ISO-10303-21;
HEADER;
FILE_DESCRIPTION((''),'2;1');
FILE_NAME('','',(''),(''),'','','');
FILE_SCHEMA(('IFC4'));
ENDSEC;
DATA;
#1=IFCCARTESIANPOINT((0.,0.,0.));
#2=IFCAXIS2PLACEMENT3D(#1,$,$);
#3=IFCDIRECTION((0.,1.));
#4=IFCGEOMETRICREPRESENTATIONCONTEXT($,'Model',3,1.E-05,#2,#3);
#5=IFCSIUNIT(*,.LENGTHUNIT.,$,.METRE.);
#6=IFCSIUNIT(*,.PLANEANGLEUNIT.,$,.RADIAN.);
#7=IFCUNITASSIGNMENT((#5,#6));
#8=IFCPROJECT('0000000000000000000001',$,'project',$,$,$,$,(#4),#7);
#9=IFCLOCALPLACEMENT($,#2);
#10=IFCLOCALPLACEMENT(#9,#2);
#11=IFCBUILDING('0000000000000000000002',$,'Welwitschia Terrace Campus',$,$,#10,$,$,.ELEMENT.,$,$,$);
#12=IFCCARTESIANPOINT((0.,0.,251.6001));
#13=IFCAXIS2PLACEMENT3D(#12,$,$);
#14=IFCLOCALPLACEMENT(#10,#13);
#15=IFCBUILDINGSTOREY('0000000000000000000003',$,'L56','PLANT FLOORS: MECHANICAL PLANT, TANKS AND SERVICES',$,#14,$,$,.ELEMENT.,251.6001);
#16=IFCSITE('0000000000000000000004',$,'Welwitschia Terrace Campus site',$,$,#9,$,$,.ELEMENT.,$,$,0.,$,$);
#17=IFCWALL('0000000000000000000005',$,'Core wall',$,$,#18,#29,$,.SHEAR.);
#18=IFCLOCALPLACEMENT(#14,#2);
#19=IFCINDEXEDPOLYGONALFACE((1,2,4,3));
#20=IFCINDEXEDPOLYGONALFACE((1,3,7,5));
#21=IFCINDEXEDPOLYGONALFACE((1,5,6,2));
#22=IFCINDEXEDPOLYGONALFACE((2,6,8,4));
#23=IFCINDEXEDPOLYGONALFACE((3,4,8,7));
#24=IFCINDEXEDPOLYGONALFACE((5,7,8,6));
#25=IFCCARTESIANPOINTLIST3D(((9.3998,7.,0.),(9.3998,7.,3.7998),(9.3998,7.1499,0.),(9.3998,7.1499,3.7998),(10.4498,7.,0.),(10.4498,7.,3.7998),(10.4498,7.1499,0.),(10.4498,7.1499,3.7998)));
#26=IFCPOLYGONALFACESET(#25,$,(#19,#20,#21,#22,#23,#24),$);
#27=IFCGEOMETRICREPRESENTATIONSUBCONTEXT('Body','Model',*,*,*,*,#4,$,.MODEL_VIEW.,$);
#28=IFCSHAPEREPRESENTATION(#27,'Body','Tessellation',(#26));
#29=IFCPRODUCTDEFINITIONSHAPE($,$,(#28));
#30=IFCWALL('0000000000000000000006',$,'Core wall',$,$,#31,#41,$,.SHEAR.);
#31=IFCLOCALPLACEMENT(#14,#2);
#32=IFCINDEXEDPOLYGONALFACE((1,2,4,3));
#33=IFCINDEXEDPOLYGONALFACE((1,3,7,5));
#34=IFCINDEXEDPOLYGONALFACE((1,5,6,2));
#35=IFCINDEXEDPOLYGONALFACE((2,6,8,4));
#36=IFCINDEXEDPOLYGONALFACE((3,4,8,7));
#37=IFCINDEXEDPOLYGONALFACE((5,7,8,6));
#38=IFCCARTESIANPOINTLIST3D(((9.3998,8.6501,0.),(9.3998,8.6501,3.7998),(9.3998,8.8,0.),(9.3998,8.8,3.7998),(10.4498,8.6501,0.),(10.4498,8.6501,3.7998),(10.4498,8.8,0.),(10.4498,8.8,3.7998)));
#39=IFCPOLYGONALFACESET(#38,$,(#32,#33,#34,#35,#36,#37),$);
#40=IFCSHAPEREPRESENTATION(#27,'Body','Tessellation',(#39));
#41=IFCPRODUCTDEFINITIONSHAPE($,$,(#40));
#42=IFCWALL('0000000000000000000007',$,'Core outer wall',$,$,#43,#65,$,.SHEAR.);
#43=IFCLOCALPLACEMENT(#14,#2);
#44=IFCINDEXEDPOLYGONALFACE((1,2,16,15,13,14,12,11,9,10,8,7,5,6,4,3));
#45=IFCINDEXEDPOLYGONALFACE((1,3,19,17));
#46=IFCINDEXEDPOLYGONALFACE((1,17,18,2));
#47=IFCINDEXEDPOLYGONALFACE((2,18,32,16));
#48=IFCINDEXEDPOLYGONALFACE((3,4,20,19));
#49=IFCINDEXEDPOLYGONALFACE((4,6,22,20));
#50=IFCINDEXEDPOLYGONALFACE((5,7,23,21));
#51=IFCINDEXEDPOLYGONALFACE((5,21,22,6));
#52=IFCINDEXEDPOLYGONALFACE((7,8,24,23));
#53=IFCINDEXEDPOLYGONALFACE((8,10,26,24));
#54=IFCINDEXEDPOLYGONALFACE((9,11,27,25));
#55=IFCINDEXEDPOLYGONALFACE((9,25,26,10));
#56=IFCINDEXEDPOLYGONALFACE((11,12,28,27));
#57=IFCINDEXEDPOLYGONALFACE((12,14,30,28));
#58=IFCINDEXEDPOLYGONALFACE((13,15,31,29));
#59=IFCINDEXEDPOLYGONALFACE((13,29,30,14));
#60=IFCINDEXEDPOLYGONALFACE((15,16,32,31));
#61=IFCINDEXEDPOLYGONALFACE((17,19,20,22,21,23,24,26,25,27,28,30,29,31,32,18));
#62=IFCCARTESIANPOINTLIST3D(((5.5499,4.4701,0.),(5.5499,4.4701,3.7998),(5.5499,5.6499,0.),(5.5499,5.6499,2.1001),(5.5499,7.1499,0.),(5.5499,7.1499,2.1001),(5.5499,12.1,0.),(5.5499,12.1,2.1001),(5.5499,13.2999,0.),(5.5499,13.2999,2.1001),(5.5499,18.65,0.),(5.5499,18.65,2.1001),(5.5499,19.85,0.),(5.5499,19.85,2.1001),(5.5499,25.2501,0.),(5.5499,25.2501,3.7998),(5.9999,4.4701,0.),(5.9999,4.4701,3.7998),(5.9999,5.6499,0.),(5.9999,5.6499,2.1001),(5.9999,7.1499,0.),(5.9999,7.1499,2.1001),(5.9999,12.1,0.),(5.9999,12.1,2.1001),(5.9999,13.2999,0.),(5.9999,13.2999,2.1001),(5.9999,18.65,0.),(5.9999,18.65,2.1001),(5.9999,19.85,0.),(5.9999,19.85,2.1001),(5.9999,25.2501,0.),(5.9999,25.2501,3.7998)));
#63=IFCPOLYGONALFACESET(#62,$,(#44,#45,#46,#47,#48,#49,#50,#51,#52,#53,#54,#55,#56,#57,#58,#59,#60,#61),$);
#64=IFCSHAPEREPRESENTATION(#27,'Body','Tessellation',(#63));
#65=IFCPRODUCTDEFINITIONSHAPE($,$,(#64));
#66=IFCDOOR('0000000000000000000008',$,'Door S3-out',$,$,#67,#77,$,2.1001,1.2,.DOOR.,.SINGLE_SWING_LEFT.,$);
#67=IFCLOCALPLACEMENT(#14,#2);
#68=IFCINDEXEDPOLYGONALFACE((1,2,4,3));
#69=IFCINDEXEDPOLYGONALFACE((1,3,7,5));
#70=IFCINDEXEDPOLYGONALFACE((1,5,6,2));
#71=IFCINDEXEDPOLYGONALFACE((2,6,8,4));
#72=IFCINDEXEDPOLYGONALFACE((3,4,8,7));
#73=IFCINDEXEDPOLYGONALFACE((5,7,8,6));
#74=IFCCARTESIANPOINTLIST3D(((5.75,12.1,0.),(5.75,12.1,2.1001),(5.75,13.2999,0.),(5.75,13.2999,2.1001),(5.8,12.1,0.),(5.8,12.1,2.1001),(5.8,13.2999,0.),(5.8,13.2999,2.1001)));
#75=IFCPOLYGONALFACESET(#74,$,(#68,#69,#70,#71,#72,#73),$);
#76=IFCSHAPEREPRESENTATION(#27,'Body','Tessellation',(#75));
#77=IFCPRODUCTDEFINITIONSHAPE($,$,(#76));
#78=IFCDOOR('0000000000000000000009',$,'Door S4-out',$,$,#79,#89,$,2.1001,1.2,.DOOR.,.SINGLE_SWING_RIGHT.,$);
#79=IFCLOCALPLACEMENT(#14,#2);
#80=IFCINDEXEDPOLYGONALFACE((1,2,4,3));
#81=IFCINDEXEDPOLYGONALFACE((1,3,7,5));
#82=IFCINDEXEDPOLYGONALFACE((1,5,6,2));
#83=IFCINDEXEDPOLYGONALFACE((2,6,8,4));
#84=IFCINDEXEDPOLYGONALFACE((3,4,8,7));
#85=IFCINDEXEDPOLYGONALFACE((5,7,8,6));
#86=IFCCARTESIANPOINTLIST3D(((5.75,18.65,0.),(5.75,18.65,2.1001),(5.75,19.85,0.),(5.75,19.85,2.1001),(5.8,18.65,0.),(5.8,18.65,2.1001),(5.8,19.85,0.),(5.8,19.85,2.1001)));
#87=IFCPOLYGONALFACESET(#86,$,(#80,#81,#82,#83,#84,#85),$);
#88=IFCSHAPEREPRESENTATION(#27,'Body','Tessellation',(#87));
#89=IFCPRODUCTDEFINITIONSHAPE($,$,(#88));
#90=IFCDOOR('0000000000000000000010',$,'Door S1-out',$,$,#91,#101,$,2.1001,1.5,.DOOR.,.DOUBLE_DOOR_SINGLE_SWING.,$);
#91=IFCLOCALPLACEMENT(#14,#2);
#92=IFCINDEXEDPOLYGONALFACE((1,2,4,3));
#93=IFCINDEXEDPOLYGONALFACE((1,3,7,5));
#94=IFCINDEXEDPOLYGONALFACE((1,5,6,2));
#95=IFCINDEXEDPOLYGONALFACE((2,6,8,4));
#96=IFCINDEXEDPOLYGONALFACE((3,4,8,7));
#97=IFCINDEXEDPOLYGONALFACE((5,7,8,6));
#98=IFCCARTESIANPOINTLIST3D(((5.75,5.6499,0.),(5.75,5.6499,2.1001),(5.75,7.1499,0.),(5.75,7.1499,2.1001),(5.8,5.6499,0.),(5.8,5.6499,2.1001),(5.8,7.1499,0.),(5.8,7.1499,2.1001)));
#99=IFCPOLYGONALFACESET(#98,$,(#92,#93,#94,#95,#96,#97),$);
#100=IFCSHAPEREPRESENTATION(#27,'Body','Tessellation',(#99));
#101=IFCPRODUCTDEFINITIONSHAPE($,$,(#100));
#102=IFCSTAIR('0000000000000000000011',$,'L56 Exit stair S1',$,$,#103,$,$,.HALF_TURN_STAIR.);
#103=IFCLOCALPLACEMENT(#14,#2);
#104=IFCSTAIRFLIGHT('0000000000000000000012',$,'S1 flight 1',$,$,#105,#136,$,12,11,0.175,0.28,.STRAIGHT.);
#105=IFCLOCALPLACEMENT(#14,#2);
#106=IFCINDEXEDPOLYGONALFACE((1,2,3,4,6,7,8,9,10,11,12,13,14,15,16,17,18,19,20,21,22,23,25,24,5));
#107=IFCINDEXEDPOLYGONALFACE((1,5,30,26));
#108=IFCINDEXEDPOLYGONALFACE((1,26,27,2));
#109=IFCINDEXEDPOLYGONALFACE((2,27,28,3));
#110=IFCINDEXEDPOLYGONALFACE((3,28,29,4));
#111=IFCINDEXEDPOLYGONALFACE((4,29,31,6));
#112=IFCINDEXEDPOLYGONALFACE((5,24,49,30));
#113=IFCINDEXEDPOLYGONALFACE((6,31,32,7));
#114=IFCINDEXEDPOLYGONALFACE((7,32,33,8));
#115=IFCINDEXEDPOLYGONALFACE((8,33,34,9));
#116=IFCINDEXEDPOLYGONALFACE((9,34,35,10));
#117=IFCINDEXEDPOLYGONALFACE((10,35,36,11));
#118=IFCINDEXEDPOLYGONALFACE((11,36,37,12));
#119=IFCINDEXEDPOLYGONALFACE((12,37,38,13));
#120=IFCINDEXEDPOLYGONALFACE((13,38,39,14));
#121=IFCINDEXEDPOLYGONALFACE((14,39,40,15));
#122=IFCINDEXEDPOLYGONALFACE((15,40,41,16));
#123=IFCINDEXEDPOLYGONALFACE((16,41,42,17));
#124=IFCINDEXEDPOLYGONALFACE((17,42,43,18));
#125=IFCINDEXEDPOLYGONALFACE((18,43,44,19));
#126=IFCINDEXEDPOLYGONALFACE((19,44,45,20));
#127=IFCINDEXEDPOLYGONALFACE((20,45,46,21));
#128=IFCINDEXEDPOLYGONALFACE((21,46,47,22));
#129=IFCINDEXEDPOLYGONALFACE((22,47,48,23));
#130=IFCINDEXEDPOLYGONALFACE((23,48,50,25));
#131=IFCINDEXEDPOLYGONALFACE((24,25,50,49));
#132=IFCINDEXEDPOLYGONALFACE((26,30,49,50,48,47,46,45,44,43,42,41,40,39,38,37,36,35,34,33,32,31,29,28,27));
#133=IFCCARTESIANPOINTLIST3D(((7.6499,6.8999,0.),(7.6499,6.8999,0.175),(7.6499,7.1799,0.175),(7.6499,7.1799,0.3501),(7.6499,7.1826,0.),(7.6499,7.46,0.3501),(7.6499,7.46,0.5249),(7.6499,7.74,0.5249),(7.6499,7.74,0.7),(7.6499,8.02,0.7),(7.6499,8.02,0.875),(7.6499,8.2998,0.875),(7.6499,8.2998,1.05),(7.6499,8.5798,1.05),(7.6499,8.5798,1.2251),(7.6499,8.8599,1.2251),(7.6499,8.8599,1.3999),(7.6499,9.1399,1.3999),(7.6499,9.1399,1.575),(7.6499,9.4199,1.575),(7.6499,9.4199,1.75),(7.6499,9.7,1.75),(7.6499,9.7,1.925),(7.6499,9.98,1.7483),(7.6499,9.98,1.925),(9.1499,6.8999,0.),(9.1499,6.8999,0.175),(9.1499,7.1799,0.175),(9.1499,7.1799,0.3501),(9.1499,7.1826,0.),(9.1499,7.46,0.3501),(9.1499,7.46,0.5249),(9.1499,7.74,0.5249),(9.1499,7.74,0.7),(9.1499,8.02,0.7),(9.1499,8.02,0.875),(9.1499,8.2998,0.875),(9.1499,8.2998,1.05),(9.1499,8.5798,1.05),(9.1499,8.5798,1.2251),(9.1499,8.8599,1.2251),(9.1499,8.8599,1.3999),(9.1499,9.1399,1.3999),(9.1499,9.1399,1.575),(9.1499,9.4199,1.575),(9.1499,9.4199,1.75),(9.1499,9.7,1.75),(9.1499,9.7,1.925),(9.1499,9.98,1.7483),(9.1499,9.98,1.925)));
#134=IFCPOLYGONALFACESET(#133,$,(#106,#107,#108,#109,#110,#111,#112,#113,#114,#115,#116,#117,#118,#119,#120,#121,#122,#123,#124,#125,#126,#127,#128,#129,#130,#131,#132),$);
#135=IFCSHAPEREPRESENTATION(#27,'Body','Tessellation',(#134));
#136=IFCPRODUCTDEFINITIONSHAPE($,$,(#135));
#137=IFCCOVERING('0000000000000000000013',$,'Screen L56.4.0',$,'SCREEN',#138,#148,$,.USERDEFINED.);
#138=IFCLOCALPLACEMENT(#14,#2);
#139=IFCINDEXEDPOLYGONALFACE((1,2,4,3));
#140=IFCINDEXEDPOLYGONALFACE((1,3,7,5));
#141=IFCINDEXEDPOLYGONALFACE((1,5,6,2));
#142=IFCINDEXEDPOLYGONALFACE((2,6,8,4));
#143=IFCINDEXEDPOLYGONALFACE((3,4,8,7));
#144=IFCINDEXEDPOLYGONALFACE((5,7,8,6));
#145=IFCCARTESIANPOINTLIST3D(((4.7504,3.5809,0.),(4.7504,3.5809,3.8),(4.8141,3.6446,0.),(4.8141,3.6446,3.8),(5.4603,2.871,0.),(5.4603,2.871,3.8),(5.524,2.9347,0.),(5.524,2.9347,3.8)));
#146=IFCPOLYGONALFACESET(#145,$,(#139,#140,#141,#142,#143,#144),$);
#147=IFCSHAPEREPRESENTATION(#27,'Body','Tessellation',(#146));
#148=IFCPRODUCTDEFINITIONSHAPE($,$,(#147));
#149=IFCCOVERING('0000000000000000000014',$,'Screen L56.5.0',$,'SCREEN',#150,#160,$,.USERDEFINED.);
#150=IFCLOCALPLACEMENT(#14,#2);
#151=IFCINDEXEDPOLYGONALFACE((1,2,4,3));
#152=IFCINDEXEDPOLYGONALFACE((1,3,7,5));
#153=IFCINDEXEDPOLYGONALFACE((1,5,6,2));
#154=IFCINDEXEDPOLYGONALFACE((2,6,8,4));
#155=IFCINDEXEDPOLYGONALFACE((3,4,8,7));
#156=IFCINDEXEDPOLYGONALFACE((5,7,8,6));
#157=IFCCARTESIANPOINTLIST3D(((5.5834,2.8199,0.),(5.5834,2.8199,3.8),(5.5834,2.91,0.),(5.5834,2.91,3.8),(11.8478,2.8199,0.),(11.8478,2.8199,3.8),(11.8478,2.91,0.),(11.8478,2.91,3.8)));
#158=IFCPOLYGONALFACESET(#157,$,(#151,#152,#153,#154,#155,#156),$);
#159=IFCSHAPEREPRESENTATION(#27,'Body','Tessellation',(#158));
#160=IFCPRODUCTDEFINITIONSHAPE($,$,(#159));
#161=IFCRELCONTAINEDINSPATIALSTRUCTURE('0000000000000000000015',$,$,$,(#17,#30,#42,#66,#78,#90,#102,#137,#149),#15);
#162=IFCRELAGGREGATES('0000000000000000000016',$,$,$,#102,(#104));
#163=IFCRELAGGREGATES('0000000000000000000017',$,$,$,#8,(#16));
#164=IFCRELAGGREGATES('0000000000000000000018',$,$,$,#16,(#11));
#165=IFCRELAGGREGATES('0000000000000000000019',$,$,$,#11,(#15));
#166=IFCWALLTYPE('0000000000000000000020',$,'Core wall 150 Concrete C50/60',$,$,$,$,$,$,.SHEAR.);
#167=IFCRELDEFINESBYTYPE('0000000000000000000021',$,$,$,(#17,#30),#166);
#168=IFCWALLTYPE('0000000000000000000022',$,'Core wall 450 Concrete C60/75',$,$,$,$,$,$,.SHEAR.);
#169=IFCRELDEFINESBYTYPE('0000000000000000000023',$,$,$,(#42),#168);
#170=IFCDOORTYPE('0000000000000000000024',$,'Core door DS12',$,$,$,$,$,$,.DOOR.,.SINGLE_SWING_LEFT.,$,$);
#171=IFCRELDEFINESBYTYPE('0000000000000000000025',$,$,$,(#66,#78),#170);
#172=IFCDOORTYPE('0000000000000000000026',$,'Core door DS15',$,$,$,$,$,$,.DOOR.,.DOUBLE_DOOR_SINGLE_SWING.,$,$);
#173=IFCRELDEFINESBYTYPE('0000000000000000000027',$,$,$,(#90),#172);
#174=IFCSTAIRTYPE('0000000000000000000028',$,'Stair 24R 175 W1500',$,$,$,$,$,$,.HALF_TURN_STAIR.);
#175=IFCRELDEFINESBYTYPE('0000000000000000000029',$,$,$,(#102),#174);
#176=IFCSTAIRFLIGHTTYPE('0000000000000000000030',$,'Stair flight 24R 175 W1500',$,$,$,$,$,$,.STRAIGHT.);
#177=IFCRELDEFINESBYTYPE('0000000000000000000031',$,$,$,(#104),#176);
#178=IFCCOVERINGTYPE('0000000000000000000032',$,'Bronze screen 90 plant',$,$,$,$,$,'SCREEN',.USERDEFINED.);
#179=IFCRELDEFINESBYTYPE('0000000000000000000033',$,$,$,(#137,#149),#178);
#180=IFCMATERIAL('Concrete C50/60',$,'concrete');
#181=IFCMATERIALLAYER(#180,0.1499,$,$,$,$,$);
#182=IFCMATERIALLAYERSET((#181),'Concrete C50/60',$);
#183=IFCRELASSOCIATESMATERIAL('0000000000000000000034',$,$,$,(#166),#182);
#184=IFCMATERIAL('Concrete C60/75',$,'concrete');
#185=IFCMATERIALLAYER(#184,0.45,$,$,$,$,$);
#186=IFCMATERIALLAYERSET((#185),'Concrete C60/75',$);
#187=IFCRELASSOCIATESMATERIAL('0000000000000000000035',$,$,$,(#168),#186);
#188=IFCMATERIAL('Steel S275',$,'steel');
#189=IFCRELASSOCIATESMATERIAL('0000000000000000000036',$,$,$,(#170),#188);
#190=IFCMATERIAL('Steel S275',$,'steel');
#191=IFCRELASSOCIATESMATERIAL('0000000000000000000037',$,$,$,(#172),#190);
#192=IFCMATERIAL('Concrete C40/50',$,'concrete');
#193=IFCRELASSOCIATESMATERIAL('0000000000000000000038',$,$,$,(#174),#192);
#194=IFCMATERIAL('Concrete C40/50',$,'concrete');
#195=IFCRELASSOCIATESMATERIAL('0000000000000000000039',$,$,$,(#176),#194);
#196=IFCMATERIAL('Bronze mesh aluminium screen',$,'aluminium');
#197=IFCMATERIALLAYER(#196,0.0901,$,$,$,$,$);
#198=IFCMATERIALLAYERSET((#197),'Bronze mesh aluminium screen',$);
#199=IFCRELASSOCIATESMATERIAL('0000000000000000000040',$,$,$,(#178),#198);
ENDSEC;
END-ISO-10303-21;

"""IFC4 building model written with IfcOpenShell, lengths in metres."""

from ifc_helpers import new_model, si_unit, direction, frame, frame_2d, origin, origin_2d, place, context, subcontext, project, spatial, polyline, rectangle, outline, extrude, material, layer, layer_set, type_object, element, fill, aggregate, save


model = new_model("IFC4")

# Units and contexts
model_context = context("Model", 3, precision=1e-05, world=origin(), true_north=direction((0.0, 1.0)))
body_context = subcontext(model_context, "Body", "Model", "MODEL_VIEW")
ifc_project = project(units=[si_unit("LENGTHUNIT", "METRE"), si_unit("PLANEANGLEUNIT", "RADIAN")], contexts=[model_context])

# Site, building, storey
site_placement = place(None, origin())
site = spatial("IfcSite", under=ifc_project, at=site_placement, Name="Welwitschia Terrace Campus site", CompositionType="ELEMENT", RefElevation=0.0)
building_placement = place(site_placement, origin())
building = spatial("IfcBuilding", under=site, at=building_placement, Name="Welwitschia Terrace Campus", CompositionType="ELEMENT")
storey_placement = place(building_placement, frame((0.0, 0.0, 251.6001)))
storey = spatial("IfcBuildingStorey", under=building, at=storey_placement, Name="L56", Description="PLANT FLOORS: MECHANICAL PLANT, TANKS AND SERVICES", CompositionType="ELEMENT", Elevation=251.6001)

# Walls
ifc_material_1 = material(Name="Concrete C50/60", Category="concrete")
ifc_layer_1 = layer(ifc_material_1, 0.1499)
ifc_layer_set_1 = layer_set([ifc_layer_1], Name="Concrete C50/60")
wall_type_1 = type_object("IfcWallType", Name="Core wall 150 Concrete C50/60", PredefinedType="SHEAR", material=ifc_layer_set_1)
for number, where, z_axis, x_axis, name in (
    (1, (9.3999, 7.075, 0.0), (0.0, 0.0, 1.0), (1.0, 0.0, 0.0), "Core wall"),
    (2, (9.3999, 8.7251, 0.0), (0.0, 0.0, 1.0), (1.0, 0.0, 0.0), "Core wall"),
):
    element("IfcWall", number, at=place(storey_placement, frame(where, z_axis=z_axis, x_axis=x_axis)), inside=storey, type_object=wall_type_1, Name=name, PredefinedType="SHEAR", context=body_context, shape_type="SweptSolid", body=[
        extrude(rectangle(XDim=1.05, YDim=0.1499, at=frame_2d((0.5249, 0.0))), origin(), (0.0, 0.0, 1.0), 3.7998),
    ])

# Wall, openings, doors
ifc_material_2 = material(Name="Concrete C60/75", Category="concrete")
ifc_layer_2 = layer(ifc_material_2, 0.45)
ifc_layer_set_2 = layer_set([ifc_layer_2], Name="Concrete C60/75")
wall_type_2 = type_object("IfcWallType", Name="Core wall 450 Concrete C60/75", PredefinedType="SHEAR", material=ifc_layer_set_2)
wall_placement = place(storey_placement, frame((5.7749, 4.47, 0.0), z_axis=(0.0, 0.0, 1.0), x_axis=(0.0, 1.0, 0.0)))
wall = element("IfcWall", 3, at=wall_placement, inside=storey, type_object=wall_type_2, Name="Core outer wall", PredefinedType="SHEAR", context=body_context, shape_type="SweptSolid", body=[
    extrude(rectangle(XDim=20.78, YDim=0.45, at=frame_2d((10.3901, 0.0))), origin(), (0.0, 0.0, 1.0), 3.7998),
])
opening_1_placement = place(wall_placement, frame((1.1799, 0.0, 0.0)))
opening_1 = element("IfcOpeningElement", 4, at=opening_1_placement, cuts=wall, PredefinedType="OPENING", context=body_context, shape_type="SweptSolid", body=[
    extrude(rectangle(XDim=1.5, YDim=2.1001, at=frame_2d((0.75, 1.05))), frame((0.0, 0.2349, 0.0), z_axis=(0.0, -1.0, 0.0), x_axis=(1.0, 0.0, 0.0)), (0.0, 0.0, 1.0), 0.47),
])
opening_2_placement = place(wall_placement, frame((7.6299, 0.0, 0.0)))
opening_2 = element("IfcOpeningElement", 5, at=opening_2_placement, cuts=wall, PredefinedType="OPENING", context=body_context, shape_type="SweptSolid", body=[
    extrude(rectangle(XDim=1.2, YDim=2.1001, at=frame_2d((0.6001, 1.05))), frame((0.0, 0.2349, 0.0), z_axis=(0.0, -1.0, 0.0), x_axis=(1.0, 0.0, 0.0)), (0.0, 0.0, 1.0), 0.47),
])
opening_3_placement = place(wall_placement, frame((14.1799, 0.0, 0.0)))
opening_3 = element("IfcOpeningElement", 6, at=opening_3_placement, cuts=wall, PredefinedType="OPENING", context=body_context, shape_type="SweptSolid", body=[
    extrude(rectangle(XDim=1.2, YDim=2.1001, at=frame_2d((0.6001, 1.05))), frame((0.0, 0.2349, 0.0), z_axis=(0.0, -1.0, 0.0), x_axis=(1.0, 0.0, 0.0)), (0.0, 0.0, 1.0), 0.47),
])
ifc_material_3 = material(Name="Steel S275", Category="steel")
door_type_1 = type_object("IfcDoorType", Name="Core door DS12", OperationType="SINGLE_SWING_LEFT", PredefinedType="DOOR", material=ifc_material_3)
door_1_placement = place(opening_2_placement, origin())
door_1 = element("IfcDoor", 7, at=door_1_placement, inside=storey, type_object=door_type_1, Name="Door S3-out", OperationType="SINGLE_SWING_LEFT", OverallHeight=2.1001, OverallWidth=1.2, PredefinedType="DOOR", context=body_context, shape_type="SweptSolid", body=[
    extrude(rectangle(XDim=1.2, YDim=2.1001, at=frame_2d((0.6001, 1.05))), frame((0.0, 0.0249, 0.0), z_axis=(0.0, -1.0, 0.0), x_axis=(1.0, 0.0, 0.0)), (0.0, 0.0, 1.0), 0.05),
])
fill(opening_2, door_1)
door_2_placement = place(opening_3_placement, origin())
door_2 = element("IfcDoor", 8, at=door_2_placement, inside=storey, type_object=door_type_1, Name="Door S4-out", OperationType="SINGLE_SWING_RIGHT", OverallHeight=2.1001, OverallWidth=1.2, PredefinedType="DOOR", context=body_context, shape_type="SweptSolid", body=[
    extrude(rectangle(XDim=1.2, YDim=2.1001, at=frame_2d((0.6001, 1.05))), frame((0.0, 0.0249, 0.0), z_axis=(0.0, -1.0, 0.0), x_axis=(1.0, 0.0, 0.0)), (0.0, 0.0, 1.0), 0.05),
])
fill(opening_3, door_2)
ifc_material_4 = material(Name="Steel S275", Category="steel")
door_type_2 = type_object("IfcDoorType", Name="Core door DS15", OperationType="DOUBLE_DOOR_SINGLE_SWING", PredefinedType="DOOR", material=ifc_material_4)
door_3_placement = place(opening_1_placement, origin())
door_3 = element("IfcDoor", 9, at=door_3_placement, inside=storey, type_object=door_type_2, Name="Door S1-out", OperationType="DOUBLE_DOOR_SINGLE_SWING", OverallHeight=2.1001, OverallWidth=1.5, PredefinedType="DOOR", context=body_context, shape_type="SweptSolid", body=[
    extrude(rectangle(XDim=1.5, YDim=2.1001, at=frame_2d((0.75, 1.05))), frame((0.0, 0.0249, 0.0), z_axis=(0.0, -1.0, 0.0), x_axis=(1.0, 0.0, 0.0)), (0.0, 0.0, 1.0), 0.05),
])
fill(opening_1, door_3)

# Stair, stair flight
ifc_material_5 = material(Name="Concrete C40/50", Category="concrete")
stair_type = type_object("IfcStairType", Name="Stair 24R 175 W1500", PredefinedType="HALF_TURN_STAIR", material=ifc_material_5)
stair_placement = place(storey_placement, origin())
stair = element("IfcStair", 10, at=stair_placement, inside=storey, type_object=stair_type, Name="L56 Exit stair S1", PredefinedType="HALF_TURN_STAIR")
ifc_material_6 = material(Name="Concrete C40/50", Category="concrete")
stair_flight_type = type_object("IfcStairFlightType", Name="Stair flight 24R 175 W1500", PredefinedType="STRAIGHT", material=ifc_material_6)
stair_flight_placement = place(storey_placement, frame((8.3999, 6.8999, 0.0), z_axis=(0.0, 0.0, 1.0), x_axis=(0.0, 1.0, 0.0)))
stair_flight = element("IfcStairFlight", 11, at=stair_flight_placement, type_object=stair_flight_type, Name="S1 flight 1", NumberOfRisers=12, NumberOfTreads=11, PredefinedType="STRAIGHT", RiserHeight=0.175, TreadLength=0.28, context=body_context, shape_type="SweptSolid", body=[
    extrude(outline(polyline([(0.0, 0.0), (0.0, 0.175), (0.28, 0.175), (0.28, 0.3501), (0.5601, 0.3501), (0.5601, 0.5249), (0.8401, 0.5249), (0.8401, 0.7), (1.1201, 0.7), (1.1201, 0.875), (1.3999, 0.875), (1.3999, 1.05), (1.6799, 1.05), (1.6799, 1.2251), (1.96, 1.2251), (1.96, 1.3999), (2.24, 1.3999), (2.24, 1.575), (2.52, 1.575), (2.52, 1.75), (2.8, 1.75), (2.8, 1.925), (3.0801, 1.925), (3.0801, 2.1001), (3.0801, 1.7483), (0.2827, 0.0), (0.0, 0.0)])), frame((0.0, 0.75, 0.0), z_axis=(0.0, -1.0, 0.0), x_axis=(1.0, 0.0, 0.0)), (0.0, 0.0, 1.0), 1.5),
])
aggregate(stair, [stair_flight])

# Coverings
ifc_material_7 = material(Name="Bronze mesh aluminium screen", Category="aluminium")
ifc_layer_3 = layer(ifc_material_7, 0.0901)
ifc_layer_set_3 = layer_set([ifc_layer_3], Name="Bronze mesh aluminium screen")
covering_type = type_object("IfcCoveringType", Name="Bronze screen 90 plant", ElementType="SCREEN", PredefinedType="USERDEFINED", material=ifc_layer_set_3)
covering_1_placement = place(storey_placement, frame((5.1372, 3.2578, 0.0), z_axis=(0.0, 0.0, 1.0), x_axis=(0.707107, -0.707107, 0.0)))
element("IfcCovering", 12, at=covering_1_placement, inside=storey, type_object=covering_type, Name="Screen L56.4.0", ObjectType="SCREEN", PredefinedType="USERDEFINED", context=body_context, shape_type="SweptSolid", body=[
    extrude(rectangle(XDim=1.0039, YDim=0.0901, at=origin_2d()), origin(), (0.0, 0.0, 1.0), 3.8),
])
covering_2_placement = place(storey_placement, frame((8.7156, 2.865, 0.0), z_axis=(0.0, 0.0, 1.0), x_axis=(1.0, 0.0, 0.0)))
element("IfcCovering", 13, at=covering_2_placement, inside=storey, type_object=covering_type, Name="Screen L56.5.0", ObjectType="SCREEN", PredefinedType="USERDEFINED", context=body_context, shape_type="SweptSolid", body=[
    extrude(rectangle(XDim=6.2644, YDim=0.0901, at=origin_2d()), origin(), (0.0, 0.0, 1.0), 3.8),
])

save(model, "model.ifc")
